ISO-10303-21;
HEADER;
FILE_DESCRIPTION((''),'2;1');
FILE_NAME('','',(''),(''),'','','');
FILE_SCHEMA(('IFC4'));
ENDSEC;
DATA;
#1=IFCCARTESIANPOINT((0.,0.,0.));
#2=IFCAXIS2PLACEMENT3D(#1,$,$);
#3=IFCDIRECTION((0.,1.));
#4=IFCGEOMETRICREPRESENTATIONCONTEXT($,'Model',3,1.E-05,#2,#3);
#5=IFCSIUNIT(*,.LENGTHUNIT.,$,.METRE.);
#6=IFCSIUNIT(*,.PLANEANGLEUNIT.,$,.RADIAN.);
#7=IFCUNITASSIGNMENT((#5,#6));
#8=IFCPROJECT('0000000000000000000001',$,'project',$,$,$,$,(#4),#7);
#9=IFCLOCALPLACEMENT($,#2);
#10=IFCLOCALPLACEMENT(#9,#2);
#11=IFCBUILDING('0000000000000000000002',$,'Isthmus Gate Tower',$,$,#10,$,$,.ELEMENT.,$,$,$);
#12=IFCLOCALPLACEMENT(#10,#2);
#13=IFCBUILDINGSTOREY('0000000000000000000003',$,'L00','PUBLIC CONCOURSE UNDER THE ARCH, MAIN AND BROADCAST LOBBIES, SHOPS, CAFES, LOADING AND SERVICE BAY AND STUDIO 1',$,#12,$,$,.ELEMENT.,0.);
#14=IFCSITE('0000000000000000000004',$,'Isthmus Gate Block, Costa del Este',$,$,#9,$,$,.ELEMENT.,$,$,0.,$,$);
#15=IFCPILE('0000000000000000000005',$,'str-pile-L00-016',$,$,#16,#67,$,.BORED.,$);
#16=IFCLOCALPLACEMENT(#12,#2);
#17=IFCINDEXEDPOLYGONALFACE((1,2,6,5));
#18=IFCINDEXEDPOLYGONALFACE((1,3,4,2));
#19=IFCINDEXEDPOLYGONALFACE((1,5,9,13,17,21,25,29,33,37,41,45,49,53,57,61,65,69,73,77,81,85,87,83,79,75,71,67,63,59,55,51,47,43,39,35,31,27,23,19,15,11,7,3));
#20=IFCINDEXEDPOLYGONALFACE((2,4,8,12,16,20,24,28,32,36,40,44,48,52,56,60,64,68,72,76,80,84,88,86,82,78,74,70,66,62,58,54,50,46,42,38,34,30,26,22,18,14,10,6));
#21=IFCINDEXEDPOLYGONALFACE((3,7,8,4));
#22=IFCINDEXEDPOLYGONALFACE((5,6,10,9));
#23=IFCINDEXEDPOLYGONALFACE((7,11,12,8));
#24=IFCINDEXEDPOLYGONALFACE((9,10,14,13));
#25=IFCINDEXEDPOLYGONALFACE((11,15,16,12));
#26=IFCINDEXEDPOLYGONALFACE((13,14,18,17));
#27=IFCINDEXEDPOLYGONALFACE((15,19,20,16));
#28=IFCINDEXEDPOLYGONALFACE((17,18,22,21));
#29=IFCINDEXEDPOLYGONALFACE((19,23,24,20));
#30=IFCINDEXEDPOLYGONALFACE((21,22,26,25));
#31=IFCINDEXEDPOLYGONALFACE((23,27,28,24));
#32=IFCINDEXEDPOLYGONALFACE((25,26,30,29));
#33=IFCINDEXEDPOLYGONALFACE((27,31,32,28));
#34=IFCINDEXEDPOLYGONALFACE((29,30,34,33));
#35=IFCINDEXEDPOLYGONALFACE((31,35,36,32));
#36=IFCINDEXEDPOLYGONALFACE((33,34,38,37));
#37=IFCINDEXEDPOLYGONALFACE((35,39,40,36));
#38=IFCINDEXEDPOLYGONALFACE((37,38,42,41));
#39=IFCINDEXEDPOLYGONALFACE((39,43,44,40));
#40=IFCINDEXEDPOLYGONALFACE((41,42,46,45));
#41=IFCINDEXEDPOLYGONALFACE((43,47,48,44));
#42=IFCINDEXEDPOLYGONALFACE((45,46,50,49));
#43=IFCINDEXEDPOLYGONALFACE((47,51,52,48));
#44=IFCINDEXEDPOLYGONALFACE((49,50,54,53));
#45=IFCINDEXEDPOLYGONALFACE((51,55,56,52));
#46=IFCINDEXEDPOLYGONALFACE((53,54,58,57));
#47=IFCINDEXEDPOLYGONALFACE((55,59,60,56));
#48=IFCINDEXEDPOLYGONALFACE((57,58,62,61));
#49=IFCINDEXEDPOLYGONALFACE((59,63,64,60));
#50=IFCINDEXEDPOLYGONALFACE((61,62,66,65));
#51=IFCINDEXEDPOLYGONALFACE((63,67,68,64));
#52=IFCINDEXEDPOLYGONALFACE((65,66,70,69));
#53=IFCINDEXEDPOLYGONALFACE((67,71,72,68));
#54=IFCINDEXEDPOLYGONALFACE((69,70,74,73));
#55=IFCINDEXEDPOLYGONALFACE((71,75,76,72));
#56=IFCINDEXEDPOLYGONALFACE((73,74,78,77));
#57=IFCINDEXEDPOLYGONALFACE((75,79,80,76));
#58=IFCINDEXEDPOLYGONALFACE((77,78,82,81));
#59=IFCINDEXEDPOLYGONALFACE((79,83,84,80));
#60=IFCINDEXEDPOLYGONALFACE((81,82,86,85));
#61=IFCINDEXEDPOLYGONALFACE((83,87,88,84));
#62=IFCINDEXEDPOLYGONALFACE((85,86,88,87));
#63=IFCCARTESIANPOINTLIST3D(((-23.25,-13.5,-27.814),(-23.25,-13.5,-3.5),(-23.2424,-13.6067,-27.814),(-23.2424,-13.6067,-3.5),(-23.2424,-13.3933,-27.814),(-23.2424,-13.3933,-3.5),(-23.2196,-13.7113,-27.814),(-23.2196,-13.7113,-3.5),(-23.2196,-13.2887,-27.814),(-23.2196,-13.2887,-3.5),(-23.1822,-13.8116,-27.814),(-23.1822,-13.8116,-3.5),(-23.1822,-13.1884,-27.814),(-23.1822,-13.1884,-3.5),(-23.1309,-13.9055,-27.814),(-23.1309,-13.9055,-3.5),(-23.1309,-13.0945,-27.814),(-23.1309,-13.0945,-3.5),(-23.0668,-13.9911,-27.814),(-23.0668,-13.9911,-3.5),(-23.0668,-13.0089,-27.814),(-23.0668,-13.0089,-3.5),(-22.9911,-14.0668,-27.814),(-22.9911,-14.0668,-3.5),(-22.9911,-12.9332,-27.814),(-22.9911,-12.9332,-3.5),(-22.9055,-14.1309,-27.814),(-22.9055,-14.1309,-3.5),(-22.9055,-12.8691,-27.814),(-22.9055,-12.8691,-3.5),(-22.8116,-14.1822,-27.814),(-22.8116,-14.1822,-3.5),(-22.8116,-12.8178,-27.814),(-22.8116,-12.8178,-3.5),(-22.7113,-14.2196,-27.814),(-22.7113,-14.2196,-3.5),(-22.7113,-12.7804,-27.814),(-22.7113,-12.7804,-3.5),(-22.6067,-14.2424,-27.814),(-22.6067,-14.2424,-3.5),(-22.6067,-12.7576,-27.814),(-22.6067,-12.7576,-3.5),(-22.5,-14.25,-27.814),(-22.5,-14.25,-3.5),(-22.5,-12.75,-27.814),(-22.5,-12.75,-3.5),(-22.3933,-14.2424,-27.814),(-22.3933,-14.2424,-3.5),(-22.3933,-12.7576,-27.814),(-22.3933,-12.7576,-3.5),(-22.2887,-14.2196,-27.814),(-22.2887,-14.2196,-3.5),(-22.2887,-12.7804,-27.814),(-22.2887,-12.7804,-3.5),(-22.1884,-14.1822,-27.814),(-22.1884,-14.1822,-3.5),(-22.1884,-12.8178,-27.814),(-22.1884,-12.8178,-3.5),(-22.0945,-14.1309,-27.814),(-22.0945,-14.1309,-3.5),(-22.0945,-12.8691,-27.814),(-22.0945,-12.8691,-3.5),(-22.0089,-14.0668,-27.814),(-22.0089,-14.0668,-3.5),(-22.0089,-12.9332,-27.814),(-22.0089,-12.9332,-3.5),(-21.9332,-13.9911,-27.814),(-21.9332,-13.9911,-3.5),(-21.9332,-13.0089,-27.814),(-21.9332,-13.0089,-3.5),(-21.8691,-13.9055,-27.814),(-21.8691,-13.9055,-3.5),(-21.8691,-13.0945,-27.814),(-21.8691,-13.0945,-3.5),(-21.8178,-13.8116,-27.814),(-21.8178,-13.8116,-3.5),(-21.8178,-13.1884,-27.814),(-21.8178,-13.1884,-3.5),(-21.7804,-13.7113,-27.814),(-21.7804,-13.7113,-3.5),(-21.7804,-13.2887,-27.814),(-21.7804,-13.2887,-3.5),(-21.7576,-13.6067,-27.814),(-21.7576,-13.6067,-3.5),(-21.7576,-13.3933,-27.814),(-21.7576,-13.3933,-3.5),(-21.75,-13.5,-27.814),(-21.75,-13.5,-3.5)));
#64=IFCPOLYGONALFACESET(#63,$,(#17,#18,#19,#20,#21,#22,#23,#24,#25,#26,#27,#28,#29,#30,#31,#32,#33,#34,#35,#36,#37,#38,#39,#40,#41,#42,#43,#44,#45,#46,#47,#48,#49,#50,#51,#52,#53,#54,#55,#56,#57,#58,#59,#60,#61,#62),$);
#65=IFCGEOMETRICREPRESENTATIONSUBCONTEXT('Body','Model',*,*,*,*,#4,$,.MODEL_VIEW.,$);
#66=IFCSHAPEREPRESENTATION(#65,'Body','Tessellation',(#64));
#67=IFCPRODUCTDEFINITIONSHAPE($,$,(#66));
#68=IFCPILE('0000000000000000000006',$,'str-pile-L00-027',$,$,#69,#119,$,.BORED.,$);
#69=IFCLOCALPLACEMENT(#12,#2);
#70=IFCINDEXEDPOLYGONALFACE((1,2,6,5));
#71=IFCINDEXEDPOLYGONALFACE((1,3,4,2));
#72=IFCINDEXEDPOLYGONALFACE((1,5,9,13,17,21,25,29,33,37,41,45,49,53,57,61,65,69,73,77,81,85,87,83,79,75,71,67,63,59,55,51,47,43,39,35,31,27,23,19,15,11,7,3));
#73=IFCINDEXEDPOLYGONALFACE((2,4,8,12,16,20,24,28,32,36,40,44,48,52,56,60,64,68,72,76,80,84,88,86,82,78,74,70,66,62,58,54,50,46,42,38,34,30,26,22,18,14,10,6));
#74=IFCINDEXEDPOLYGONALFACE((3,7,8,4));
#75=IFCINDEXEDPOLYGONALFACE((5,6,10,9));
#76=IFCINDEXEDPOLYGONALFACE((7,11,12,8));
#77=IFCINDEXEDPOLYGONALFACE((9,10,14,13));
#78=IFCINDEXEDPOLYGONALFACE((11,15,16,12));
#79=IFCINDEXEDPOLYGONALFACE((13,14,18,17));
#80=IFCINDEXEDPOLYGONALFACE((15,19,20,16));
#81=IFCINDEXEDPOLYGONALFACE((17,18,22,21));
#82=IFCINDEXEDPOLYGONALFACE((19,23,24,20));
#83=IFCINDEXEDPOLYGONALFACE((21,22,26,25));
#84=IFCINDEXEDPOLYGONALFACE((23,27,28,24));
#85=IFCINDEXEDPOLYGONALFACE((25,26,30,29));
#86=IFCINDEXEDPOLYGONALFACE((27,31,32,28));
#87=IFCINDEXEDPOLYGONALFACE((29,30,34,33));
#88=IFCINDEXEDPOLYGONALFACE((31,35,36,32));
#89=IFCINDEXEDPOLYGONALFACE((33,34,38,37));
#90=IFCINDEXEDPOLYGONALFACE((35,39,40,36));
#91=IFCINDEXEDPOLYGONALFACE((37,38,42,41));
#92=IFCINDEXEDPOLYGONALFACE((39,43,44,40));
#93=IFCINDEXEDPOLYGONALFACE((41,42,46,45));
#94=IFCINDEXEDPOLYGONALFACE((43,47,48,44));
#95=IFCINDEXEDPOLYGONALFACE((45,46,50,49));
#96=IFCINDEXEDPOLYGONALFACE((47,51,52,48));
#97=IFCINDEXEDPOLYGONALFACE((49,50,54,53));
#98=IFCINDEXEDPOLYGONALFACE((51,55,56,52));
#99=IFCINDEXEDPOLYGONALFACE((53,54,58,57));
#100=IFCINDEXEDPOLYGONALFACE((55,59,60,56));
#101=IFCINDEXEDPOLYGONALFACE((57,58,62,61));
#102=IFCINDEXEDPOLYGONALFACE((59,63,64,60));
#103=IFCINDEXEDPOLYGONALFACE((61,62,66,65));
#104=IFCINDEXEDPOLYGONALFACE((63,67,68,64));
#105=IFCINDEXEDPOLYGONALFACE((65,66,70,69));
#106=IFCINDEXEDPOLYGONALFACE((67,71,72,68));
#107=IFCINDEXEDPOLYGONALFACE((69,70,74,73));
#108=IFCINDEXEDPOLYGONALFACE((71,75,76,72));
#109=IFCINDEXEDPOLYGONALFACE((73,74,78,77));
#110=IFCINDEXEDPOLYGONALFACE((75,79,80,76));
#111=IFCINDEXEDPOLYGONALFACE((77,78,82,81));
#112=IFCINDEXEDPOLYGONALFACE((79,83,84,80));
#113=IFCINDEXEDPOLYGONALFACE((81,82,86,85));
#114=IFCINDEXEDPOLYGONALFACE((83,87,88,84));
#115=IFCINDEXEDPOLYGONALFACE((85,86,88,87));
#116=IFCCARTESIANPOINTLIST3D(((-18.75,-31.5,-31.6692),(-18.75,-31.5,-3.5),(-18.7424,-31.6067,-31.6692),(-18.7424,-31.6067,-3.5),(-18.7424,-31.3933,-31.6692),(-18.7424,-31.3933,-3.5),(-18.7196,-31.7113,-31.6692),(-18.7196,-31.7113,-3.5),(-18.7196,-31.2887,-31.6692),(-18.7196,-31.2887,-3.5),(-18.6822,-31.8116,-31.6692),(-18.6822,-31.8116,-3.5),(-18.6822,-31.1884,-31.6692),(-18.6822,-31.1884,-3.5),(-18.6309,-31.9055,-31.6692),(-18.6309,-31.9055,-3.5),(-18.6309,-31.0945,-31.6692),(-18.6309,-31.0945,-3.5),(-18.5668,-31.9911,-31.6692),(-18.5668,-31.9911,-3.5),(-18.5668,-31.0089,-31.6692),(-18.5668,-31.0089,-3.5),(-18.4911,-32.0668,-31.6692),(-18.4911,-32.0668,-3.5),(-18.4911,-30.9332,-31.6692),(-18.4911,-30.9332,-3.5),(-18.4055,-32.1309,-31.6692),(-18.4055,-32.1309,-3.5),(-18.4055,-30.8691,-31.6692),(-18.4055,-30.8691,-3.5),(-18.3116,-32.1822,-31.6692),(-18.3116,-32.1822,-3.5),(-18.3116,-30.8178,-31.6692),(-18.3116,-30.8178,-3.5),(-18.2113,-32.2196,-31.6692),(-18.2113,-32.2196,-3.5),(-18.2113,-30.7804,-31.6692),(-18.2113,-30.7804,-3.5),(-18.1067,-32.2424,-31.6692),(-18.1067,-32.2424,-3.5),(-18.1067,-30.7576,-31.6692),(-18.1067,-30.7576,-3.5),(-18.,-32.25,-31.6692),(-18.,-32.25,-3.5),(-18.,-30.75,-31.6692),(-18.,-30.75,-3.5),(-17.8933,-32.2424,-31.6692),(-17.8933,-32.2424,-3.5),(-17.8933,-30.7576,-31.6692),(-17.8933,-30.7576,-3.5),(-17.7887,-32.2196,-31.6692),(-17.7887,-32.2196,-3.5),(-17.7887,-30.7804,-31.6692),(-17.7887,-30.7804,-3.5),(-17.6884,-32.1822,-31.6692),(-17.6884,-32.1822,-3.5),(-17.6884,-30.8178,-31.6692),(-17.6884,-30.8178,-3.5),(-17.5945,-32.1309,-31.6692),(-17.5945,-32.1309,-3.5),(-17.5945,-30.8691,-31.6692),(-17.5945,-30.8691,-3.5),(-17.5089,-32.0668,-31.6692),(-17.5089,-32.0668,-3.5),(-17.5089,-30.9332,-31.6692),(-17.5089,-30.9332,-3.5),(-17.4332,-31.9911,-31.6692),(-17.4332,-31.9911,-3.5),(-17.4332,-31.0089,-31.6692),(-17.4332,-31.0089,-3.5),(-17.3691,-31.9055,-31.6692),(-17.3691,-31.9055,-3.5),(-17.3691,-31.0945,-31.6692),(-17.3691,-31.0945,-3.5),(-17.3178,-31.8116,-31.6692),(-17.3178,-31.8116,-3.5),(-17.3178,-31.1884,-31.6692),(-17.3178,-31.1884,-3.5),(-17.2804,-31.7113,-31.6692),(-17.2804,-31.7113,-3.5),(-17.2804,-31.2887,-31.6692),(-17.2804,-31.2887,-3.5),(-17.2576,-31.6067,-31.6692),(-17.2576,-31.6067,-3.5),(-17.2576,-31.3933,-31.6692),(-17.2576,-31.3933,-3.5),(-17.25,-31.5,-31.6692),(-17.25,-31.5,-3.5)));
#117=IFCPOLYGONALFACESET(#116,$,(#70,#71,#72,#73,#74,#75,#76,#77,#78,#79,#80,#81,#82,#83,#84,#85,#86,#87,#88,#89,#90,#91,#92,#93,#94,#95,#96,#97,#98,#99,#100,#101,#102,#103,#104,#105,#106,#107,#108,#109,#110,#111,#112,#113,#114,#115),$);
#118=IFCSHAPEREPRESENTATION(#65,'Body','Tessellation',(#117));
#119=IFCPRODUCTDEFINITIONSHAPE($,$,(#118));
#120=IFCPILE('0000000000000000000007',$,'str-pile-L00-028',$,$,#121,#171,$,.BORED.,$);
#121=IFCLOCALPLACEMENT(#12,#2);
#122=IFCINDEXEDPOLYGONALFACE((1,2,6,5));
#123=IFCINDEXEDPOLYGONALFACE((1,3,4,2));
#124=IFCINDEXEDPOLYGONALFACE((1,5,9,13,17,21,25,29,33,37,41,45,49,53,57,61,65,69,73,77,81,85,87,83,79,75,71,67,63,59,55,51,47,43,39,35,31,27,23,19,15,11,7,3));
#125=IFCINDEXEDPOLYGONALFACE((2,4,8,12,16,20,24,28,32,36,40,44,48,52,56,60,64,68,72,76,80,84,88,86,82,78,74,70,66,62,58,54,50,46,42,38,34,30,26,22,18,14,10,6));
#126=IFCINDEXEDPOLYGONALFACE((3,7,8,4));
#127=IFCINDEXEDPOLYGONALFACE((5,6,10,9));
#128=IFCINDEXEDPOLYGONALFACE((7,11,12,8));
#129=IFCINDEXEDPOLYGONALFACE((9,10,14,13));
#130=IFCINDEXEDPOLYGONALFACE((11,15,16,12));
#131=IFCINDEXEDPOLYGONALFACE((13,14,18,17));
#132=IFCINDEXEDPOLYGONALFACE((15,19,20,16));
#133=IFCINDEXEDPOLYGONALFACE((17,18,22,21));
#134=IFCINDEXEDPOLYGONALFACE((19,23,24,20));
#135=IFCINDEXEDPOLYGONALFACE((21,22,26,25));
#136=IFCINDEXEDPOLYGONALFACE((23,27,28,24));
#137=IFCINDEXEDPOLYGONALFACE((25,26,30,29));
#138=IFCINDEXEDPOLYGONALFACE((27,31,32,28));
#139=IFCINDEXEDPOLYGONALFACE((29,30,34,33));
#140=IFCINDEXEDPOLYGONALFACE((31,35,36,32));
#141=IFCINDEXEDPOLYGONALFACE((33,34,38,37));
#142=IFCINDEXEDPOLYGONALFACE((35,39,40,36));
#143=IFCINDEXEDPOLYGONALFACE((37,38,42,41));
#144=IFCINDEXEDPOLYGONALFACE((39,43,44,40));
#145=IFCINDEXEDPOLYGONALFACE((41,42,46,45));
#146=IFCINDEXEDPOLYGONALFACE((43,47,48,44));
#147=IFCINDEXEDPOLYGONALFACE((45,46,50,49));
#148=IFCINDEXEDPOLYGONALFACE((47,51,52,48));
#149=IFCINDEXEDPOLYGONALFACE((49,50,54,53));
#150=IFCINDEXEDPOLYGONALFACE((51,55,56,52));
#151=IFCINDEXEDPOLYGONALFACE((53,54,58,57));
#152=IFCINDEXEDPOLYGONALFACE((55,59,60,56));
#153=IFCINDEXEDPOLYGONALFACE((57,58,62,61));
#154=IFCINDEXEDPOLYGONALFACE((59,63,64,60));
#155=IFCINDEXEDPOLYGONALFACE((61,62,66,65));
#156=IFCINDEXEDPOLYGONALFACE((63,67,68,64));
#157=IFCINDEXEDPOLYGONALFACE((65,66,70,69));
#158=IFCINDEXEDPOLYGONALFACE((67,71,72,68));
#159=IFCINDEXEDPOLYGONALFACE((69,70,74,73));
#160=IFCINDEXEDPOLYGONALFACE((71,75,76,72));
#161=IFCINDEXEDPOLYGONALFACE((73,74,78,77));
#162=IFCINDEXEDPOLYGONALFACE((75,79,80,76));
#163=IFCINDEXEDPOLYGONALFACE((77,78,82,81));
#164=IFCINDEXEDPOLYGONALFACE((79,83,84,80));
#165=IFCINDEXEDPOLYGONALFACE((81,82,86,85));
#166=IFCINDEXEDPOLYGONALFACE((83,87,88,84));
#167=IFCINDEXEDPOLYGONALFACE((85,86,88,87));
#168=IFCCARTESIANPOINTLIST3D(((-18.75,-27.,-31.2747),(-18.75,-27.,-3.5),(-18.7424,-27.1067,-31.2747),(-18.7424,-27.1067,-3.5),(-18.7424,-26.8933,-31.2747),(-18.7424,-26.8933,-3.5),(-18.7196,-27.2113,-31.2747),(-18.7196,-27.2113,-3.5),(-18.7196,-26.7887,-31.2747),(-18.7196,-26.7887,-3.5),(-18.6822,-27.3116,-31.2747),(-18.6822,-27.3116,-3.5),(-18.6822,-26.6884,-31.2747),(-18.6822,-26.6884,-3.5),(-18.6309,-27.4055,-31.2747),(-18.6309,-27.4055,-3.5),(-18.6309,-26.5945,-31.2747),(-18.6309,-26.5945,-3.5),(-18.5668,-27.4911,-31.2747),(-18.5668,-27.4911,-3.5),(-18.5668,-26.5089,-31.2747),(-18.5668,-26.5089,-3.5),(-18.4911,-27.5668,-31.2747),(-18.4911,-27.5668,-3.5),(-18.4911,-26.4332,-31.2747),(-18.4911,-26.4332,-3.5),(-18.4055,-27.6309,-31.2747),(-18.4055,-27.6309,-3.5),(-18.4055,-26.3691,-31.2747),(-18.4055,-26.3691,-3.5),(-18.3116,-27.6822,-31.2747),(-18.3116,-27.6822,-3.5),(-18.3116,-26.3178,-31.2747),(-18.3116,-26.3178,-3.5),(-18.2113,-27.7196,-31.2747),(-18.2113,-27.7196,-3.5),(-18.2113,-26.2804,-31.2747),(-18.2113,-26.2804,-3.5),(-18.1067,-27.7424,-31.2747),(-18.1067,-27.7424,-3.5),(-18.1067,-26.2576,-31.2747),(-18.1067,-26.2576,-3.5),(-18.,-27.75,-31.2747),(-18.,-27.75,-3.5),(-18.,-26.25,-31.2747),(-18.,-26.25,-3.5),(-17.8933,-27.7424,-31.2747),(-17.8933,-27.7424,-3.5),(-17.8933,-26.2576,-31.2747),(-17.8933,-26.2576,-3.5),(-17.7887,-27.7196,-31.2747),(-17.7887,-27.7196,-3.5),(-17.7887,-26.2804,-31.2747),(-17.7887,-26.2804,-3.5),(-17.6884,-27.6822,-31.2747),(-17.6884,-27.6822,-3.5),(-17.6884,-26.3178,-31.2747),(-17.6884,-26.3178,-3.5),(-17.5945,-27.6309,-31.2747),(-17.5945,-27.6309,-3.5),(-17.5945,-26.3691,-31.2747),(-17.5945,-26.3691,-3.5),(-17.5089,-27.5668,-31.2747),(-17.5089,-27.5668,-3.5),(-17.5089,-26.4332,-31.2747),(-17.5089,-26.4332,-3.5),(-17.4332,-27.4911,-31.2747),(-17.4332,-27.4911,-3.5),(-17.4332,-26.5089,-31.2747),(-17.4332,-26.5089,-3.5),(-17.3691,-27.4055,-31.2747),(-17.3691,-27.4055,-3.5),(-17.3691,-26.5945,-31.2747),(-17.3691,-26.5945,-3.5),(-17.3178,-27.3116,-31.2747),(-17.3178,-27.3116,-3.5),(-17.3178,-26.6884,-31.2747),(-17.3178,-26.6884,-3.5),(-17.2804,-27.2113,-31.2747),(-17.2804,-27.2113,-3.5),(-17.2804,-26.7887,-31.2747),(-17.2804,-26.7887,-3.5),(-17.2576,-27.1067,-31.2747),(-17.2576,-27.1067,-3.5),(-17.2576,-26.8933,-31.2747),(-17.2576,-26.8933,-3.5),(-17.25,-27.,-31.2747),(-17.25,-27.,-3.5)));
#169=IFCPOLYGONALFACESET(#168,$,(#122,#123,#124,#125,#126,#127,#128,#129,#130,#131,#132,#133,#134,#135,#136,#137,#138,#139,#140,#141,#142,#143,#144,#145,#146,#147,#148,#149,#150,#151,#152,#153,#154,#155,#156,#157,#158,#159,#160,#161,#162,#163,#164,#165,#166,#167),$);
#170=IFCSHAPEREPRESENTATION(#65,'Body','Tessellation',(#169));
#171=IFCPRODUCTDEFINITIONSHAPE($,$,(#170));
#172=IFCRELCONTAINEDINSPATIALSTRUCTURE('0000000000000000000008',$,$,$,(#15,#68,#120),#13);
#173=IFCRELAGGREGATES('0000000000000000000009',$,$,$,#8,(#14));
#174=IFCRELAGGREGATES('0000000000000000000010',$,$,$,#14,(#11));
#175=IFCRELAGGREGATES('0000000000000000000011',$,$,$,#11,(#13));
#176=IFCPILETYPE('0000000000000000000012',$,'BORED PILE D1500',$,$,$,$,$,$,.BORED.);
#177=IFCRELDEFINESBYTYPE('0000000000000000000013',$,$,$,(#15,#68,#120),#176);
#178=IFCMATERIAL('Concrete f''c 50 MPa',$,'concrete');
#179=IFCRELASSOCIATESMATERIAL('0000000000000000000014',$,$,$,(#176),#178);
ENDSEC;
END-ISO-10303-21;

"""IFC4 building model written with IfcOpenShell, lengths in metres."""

from ifc_helpers import new_model, si_unit, direction, frame, origin, origin_2d, place, context, subcontext, project, spatial, circle, extrude, material, material_profile, profile_set, type_object, element, save


model = new_model("IFC4")

# Units and contexts
model_context = context("Model", 3, precision=1e-05, world=origin(), true_north=direction((0.0, 1.0)))
body_context = subcontext(model_context, "Body", "Model", "MODEL_VIEW")
ifc_project = project(units=[si_unit("LENGTHUNIT", "METRE"), si_unit("PLANEANGLEUNIT", "RADIAN")], contexts=[model_context])

# Site, building, storey
site_placement = place(None, origin())
site = spatial("IfcSite", under=ifc_project, at=site_placement, Name="Isthmus Gate Block, Costa del Este", CompositionType="ELEMENT", RefElevation=0.0)
building_placement = place(site_placement, origin())
building = spatial("IfcBuilding", under=site, at=building_placement, Name="Isthmus Gate Tower", CompositionType="ELEMENT")
storey_placement = place(building_placement, origin())
storey = spatial("IfcBuildingStorey", under=building, at=storey_placement, Name="L00", Description="PUBLIC CONCOURSE UNDER THE ARCH, MAIN AND BROADCAST LOBBIES, SHOPS, CAFES, LOADING AND SERVICE BAY AND STUDIO 1", CompositionType="ELEMENT", Elevation=0.0)

# Piles
ifc_material_1 = material(Name="Concrete f'c 50 MPa", Category="concrete")
ifc_material_profile_1 = material_profile(ifc_material_1, circle(Radius=0.75, at=origin_2d()), Name="D1500")
ifc_profile_set_1 = profile_set([ifc_material_profile_1], Name="Concrete f'c 50 MPa")
pile_type_1 = type_object("IfcPileType", Name="BORED PILE D1500", PredefinedType="BORED", material=ifc_profile_set_1)
pile_1_placement = place(storey_placement, frame((-22.5, -13.5, -3.5), z_axis=(0.0, 0.0, -1.0), x_axis=(1.0, 0.0, 0.0)))
element("IfcPile", 1, at=pile_1_placement, inside=storey, type_object=pile_type_1, Name="str-pile-L00-016", PredefinedType="BORED", context=body_context, shape_type="SweptSolid", body=[
    extrude(circle(Radius=0.75, at=origin_2d()), origin(), (0.0, 0.0, 1.0), 24.314),
])
pile_2_placement = place(storey_placement, frame((-18.0, -31.5, -3.5), z_axis=(0.0, 0.0, -1.0), x_axis=(1.0, 0.0, 0.0)))
element("IfcPile", 2, at=pile_2_placement, inside=storey, type_object=pile_type_1, Name="str-pile-L00-027", PredefinedType="BORED", context=body_context, shape_type="SweptSolid", body=[
    extrude(circle(Radius=0.75, at=origin_2d()), origin(), (0.0, 0.0, 1.0), 28.1692),
])
pile_3_placement = place(storey_placement, frame((-18.0, -27.0, -3.5), z_axis=(0.0, 0.0, -1.0), x_axis=(1.0, 0.0, 0.0)))
element("IfcPile", 3, at=pile_3_placement, inside=storey, type_object=pile_type_1, Name="str-pile-L00-028", PredefinedType="BORED", context=body_context, shape_type="SweptSolid", body=[
    extrude(circle(Radius=0.75, at=origin_2d()), origin(), (0.0, 0.0, 1.0), 27.7747),
])

save(model, "model.ifc")
